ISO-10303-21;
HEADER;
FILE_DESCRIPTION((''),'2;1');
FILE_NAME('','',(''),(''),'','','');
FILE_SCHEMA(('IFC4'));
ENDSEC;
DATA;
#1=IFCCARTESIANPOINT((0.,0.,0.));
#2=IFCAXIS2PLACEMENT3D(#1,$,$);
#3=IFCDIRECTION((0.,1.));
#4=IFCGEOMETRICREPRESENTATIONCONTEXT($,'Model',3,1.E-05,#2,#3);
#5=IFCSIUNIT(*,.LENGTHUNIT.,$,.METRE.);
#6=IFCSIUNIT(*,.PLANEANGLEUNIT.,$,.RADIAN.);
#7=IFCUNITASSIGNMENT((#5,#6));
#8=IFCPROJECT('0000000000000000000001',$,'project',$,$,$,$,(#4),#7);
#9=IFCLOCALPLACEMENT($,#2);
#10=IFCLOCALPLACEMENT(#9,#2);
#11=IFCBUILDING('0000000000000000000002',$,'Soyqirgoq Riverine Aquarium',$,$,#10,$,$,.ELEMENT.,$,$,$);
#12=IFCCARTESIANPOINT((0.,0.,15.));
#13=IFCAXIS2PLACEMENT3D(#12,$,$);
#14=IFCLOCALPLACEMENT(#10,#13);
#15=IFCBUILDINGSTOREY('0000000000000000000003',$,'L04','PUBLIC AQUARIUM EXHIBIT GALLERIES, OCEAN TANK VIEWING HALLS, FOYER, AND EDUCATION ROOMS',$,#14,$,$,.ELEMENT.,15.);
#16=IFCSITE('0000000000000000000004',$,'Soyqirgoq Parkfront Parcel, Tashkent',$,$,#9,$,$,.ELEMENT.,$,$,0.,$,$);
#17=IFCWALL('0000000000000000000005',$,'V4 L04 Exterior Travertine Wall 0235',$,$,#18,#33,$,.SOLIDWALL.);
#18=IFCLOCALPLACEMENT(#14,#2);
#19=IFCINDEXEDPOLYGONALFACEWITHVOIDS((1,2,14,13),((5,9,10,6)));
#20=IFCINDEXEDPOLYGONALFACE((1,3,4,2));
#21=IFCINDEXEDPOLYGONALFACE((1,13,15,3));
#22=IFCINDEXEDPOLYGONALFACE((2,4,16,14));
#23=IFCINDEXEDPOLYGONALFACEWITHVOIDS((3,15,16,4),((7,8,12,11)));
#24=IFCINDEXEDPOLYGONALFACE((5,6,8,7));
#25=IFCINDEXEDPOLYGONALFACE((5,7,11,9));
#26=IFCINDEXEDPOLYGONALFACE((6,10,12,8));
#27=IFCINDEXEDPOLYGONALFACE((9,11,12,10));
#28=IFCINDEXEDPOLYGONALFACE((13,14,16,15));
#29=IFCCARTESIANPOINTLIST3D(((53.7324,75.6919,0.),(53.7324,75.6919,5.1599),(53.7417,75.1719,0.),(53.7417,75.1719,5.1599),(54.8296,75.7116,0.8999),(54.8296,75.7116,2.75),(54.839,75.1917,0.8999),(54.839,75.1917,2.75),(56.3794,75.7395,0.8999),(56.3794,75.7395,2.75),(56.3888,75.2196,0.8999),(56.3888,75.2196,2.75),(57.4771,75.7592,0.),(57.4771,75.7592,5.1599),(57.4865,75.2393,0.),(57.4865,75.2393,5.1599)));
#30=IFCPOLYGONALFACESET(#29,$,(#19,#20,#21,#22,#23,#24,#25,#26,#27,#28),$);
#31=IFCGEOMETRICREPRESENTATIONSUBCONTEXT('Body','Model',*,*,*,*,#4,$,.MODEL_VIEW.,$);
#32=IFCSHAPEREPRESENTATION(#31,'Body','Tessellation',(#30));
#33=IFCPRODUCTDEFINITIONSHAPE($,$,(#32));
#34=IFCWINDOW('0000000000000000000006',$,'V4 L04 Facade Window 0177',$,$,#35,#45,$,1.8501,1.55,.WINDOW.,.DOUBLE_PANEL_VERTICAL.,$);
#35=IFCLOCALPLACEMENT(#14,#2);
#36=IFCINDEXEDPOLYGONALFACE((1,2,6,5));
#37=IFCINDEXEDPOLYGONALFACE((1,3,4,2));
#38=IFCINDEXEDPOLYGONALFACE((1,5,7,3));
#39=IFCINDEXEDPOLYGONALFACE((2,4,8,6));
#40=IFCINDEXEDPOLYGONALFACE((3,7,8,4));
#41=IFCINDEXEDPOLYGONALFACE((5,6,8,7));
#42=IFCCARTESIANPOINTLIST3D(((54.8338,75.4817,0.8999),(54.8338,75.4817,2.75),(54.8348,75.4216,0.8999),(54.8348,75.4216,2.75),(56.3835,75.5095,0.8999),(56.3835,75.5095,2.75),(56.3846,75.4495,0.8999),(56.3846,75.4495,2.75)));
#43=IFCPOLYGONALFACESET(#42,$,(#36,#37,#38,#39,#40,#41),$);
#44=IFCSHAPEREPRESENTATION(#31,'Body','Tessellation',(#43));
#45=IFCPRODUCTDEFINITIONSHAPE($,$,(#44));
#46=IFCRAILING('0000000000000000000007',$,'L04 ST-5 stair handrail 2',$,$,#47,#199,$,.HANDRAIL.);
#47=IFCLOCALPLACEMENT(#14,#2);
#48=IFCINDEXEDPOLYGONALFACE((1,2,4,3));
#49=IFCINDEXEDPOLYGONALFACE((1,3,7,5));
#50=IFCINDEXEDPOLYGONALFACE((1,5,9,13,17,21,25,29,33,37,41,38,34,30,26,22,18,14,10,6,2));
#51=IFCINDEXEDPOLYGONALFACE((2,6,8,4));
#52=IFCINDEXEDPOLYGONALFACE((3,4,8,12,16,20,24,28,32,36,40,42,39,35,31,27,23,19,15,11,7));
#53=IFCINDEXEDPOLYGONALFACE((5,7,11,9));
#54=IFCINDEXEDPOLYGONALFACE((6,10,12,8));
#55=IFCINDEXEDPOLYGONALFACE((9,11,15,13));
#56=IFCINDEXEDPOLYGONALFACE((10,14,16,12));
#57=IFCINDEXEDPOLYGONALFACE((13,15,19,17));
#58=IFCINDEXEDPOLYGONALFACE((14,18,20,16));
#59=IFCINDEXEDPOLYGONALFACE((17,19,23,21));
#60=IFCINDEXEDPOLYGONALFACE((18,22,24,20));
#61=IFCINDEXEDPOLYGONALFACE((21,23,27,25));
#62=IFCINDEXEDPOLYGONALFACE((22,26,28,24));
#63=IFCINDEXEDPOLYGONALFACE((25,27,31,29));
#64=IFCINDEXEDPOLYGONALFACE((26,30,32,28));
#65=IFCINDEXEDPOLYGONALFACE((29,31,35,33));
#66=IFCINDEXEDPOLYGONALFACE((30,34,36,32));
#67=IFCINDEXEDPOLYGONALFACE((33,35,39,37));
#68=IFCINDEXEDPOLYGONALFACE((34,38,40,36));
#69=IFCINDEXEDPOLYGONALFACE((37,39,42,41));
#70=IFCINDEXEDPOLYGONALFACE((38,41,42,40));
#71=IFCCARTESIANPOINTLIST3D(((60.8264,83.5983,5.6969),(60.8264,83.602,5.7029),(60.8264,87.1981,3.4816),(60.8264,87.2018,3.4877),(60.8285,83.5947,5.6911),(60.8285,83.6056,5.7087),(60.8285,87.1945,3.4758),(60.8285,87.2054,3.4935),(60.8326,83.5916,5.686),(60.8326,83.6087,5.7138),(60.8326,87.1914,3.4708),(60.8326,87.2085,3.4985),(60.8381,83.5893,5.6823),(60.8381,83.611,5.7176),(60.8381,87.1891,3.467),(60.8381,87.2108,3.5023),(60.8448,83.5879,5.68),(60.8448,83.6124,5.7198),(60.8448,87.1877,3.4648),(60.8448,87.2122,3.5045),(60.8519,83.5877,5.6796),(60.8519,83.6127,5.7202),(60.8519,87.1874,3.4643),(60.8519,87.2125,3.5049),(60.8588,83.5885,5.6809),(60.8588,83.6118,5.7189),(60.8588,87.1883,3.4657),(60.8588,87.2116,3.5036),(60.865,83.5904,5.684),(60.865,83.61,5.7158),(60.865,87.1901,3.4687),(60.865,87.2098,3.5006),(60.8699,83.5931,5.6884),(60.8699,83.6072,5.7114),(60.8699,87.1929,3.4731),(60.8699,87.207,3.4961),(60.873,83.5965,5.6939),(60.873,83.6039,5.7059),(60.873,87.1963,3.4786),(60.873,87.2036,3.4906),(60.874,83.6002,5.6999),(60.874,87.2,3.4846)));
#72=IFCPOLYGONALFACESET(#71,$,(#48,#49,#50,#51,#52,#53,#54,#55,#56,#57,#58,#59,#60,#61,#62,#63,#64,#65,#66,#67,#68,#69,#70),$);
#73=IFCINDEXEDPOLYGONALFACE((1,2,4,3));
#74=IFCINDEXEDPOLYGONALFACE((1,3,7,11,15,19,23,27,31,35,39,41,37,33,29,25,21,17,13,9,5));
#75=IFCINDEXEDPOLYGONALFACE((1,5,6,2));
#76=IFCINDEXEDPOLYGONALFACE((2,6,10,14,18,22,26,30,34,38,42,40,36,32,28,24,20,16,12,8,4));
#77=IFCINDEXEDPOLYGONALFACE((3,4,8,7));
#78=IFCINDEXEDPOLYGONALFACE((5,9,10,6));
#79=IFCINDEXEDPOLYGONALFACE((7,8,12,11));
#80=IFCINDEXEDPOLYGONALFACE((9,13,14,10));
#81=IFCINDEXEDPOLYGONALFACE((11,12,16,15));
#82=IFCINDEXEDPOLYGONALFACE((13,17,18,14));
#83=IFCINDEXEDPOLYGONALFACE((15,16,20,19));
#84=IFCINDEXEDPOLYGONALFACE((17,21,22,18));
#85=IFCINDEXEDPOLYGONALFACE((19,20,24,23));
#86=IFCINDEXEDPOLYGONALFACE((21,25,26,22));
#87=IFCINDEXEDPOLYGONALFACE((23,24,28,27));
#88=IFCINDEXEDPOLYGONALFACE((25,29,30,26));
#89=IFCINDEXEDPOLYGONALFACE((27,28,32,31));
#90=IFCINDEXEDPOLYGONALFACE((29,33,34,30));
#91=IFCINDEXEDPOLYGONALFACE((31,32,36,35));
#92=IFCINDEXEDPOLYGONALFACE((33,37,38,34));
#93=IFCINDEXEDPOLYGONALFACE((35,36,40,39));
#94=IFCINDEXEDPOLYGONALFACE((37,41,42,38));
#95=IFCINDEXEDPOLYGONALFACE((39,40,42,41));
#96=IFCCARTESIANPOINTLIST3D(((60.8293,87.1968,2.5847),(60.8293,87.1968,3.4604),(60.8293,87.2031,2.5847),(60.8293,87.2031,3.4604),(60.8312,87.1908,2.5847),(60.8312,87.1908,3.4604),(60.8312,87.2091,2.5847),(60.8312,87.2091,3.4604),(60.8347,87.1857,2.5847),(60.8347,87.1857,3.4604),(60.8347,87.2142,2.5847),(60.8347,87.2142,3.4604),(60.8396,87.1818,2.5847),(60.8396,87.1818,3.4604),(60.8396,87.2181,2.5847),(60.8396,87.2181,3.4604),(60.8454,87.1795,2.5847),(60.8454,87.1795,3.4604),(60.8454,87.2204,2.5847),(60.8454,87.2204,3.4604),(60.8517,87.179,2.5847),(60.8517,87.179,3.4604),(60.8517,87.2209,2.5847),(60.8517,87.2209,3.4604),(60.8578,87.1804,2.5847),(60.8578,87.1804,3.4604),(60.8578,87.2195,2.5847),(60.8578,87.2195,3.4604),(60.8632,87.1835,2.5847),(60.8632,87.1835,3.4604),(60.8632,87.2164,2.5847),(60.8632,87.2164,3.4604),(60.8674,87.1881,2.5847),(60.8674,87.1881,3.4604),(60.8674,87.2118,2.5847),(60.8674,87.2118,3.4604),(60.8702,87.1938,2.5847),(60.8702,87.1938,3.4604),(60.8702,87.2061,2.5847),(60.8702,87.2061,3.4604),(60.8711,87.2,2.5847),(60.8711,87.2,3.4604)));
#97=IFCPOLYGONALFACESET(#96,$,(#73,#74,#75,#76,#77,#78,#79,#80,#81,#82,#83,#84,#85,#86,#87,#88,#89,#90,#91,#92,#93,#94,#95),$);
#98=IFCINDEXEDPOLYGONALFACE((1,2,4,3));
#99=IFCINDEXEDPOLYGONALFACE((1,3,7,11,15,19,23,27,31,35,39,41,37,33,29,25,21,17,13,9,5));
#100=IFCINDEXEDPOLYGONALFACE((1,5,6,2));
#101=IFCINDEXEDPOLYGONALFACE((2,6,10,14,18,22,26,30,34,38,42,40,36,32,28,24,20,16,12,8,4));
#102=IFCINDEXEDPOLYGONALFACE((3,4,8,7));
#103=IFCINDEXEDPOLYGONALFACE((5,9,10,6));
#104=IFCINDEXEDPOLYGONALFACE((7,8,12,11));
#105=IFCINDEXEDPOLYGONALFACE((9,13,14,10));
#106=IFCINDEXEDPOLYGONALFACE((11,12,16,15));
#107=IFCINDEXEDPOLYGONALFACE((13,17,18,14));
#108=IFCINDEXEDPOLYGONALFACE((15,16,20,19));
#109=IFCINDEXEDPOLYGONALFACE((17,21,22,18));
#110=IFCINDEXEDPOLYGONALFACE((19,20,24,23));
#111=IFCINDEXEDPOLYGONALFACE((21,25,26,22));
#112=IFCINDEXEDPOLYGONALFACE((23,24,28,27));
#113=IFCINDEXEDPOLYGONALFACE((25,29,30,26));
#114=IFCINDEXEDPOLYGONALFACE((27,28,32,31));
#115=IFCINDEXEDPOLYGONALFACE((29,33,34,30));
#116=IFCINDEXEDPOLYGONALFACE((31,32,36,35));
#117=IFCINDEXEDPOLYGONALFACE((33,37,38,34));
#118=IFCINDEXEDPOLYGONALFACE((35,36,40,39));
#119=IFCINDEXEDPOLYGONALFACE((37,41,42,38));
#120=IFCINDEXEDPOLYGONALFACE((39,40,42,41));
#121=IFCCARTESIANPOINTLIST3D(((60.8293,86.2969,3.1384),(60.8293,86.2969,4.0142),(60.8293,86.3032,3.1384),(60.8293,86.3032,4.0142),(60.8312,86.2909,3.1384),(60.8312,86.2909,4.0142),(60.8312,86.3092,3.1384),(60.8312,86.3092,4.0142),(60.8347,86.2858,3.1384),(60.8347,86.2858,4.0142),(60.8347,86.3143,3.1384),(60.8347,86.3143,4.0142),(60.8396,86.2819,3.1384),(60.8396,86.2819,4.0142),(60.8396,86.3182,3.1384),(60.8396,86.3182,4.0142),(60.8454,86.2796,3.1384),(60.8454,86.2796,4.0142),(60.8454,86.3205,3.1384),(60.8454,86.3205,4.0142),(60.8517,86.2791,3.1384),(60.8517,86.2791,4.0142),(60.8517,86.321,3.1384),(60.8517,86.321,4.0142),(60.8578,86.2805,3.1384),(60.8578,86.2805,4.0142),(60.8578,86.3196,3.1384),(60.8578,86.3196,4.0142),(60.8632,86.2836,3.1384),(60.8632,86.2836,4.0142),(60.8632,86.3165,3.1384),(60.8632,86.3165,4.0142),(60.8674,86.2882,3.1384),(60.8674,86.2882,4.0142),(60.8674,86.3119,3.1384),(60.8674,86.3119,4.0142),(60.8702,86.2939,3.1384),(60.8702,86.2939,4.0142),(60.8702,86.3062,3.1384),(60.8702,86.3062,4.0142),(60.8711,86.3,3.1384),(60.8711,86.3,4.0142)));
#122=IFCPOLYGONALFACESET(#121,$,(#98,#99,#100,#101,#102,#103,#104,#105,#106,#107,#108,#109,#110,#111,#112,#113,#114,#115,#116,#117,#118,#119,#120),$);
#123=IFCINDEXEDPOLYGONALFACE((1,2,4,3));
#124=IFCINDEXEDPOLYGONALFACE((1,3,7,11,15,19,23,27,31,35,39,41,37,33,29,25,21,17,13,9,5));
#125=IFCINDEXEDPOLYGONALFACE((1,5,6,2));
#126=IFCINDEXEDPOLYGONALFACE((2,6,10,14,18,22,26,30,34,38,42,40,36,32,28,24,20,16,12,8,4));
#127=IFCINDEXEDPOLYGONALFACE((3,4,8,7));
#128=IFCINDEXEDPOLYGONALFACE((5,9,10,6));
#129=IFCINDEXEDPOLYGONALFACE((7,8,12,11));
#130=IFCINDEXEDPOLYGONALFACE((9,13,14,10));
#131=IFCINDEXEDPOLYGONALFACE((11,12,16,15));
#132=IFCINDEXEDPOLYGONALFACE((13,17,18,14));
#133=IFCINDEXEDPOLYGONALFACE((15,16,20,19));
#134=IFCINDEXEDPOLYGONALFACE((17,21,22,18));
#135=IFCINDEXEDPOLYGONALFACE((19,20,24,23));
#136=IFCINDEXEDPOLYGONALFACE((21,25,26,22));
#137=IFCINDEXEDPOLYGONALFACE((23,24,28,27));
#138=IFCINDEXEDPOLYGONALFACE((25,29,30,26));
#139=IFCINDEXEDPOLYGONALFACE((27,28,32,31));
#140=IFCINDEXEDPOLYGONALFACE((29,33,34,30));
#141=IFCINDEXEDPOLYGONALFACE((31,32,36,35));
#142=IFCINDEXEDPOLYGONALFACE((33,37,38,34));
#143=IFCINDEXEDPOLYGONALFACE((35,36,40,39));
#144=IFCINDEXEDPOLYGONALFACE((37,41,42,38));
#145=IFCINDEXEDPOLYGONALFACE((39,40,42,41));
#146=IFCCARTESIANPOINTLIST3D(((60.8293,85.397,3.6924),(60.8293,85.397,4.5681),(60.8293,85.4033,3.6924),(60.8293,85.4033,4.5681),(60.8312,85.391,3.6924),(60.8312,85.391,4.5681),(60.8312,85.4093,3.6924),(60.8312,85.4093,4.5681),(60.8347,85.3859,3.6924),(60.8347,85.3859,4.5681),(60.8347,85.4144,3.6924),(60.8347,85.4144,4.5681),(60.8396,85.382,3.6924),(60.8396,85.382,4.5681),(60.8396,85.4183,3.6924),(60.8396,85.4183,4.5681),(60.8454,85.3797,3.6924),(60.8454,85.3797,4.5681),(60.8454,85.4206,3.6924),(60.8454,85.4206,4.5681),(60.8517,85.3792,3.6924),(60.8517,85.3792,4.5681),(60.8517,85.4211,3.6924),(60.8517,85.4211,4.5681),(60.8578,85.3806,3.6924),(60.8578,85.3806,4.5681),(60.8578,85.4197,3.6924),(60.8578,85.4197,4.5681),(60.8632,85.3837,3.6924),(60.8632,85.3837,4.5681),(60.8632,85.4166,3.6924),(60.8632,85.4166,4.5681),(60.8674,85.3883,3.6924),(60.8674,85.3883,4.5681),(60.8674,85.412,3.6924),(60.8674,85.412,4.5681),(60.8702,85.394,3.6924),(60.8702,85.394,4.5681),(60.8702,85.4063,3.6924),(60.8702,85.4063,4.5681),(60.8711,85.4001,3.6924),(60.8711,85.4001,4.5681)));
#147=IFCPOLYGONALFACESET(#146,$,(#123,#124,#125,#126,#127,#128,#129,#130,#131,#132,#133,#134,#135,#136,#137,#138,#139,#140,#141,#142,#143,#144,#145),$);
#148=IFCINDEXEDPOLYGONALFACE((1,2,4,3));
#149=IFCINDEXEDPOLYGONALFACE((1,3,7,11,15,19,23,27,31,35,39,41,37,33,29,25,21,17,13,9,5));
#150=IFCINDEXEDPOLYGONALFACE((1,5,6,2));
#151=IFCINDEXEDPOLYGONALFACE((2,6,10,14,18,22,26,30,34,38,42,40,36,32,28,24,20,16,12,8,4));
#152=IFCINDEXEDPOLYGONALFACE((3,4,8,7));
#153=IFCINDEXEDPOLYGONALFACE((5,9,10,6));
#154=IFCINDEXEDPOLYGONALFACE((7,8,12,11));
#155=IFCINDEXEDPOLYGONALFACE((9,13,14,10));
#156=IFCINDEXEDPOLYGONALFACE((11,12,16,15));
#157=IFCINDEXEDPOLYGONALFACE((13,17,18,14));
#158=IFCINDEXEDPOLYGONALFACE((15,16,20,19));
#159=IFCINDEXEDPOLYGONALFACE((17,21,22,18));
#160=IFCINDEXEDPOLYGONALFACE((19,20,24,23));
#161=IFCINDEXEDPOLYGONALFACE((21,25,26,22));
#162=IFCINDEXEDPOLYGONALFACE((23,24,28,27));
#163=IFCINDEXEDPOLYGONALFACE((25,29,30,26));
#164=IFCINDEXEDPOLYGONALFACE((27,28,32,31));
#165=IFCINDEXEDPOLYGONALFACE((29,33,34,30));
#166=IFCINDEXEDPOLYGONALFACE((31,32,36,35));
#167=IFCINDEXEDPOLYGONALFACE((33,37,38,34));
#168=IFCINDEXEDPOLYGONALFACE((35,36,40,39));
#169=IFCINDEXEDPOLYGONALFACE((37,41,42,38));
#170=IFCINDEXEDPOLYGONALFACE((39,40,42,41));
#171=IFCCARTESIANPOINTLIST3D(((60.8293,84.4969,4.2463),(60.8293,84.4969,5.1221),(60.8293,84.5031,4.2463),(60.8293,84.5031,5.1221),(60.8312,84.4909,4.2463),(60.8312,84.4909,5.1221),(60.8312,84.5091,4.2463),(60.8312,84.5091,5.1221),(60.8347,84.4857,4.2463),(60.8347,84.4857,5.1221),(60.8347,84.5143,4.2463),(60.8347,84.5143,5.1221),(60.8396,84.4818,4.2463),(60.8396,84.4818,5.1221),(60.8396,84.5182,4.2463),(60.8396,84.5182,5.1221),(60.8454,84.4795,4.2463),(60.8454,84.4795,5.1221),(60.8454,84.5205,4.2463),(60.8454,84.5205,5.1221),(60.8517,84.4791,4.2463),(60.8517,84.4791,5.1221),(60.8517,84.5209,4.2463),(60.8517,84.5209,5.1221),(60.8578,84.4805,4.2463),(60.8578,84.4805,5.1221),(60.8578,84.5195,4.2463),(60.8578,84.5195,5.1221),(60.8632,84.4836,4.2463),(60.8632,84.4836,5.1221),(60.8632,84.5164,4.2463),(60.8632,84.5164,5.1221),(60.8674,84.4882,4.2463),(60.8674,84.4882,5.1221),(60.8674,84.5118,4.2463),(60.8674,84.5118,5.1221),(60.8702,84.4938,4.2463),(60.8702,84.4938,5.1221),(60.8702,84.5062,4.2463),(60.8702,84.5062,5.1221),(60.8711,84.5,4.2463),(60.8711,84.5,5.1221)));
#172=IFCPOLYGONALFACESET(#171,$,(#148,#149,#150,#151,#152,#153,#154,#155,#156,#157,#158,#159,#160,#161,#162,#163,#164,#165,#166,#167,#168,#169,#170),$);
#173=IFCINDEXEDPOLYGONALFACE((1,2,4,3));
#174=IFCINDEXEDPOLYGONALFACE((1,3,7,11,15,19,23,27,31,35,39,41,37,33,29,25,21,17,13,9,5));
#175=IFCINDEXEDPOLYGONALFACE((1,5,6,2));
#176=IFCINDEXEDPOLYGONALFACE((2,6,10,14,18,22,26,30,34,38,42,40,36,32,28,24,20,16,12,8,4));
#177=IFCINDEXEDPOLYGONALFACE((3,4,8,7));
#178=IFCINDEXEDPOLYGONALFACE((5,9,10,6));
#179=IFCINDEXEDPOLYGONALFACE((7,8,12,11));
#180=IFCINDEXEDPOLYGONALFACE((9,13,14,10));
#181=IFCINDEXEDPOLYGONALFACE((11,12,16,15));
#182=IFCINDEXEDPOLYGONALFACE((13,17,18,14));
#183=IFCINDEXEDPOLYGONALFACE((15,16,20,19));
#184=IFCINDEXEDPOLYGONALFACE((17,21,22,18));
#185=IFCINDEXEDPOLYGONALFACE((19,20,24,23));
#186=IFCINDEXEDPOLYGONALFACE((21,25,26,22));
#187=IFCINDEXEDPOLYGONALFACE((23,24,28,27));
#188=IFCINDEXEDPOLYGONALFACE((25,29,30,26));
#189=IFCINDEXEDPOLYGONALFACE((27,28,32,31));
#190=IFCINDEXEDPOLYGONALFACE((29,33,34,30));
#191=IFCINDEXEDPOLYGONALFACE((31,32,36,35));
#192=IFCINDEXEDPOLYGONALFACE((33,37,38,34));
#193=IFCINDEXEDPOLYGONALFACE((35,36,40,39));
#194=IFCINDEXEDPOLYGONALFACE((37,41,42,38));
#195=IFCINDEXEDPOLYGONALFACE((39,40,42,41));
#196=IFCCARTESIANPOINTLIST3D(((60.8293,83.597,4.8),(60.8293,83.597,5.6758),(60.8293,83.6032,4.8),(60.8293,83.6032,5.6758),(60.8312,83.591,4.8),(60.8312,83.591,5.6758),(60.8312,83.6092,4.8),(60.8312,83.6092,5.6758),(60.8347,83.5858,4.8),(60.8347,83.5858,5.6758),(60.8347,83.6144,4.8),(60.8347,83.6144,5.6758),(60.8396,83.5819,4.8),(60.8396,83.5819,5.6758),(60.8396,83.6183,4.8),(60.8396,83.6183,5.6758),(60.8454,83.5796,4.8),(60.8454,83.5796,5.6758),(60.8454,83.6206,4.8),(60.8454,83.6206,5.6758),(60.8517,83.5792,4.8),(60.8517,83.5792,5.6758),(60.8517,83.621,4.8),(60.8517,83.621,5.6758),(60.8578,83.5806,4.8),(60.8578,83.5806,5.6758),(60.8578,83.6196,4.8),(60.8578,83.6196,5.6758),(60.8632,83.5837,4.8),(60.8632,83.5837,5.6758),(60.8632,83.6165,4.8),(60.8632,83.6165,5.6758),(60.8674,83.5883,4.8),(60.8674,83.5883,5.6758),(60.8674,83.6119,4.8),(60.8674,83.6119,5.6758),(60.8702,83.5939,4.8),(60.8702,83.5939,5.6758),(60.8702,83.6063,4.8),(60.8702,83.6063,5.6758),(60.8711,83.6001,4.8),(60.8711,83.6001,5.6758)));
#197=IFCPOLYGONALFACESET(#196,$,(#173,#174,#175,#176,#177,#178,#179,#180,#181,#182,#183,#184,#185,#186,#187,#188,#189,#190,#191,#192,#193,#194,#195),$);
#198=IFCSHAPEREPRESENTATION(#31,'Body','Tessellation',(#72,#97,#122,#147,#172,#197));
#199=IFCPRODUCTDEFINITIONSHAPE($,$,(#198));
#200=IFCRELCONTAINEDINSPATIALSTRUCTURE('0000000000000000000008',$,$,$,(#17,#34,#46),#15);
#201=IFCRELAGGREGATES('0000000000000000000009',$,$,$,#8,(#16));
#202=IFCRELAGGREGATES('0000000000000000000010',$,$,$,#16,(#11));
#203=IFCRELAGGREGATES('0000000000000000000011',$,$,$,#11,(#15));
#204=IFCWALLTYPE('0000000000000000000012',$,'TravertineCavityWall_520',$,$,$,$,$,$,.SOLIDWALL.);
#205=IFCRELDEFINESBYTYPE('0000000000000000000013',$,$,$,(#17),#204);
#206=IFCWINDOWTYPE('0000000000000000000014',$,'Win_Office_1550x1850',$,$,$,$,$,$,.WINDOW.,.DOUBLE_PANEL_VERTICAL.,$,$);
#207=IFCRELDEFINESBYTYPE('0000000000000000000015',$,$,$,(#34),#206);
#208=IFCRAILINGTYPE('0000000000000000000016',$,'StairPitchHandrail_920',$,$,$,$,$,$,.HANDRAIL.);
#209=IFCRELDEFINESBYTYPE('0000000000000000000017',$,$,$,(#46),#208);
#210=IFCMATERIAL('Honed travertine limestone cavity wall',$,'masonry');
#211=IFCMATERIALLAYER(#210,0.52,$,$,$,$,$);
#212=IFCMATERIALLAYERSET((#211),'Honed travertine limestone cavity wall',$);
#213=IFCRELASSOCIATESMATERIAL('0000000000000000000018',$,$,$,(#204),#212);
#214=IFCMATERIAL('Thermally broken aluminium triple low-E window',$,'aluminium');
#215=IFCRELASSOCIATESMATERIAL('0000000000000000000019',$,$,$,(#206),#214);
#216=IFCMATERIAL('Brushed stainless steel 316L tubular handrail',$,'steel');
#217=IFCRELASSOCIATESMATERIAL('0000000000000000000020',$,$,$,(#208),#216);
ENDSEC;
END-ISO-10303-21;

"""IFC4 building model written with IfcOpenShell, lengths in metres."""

from ifc_helpers import new_model, si_unit, direction, frame, frame_2d, origin, origin_2d, place, context, subcontext, project, spatial, rectangle, circle, extrude, material, layer, layer_set, type_object, element, fill, save


model = new_model("IFC4")

# Units and contexts
model_context = context("Model", 3, precision=1e-05, world=origin(), true_north=direction((0.0, 1.0)))
body_context = subcontext(model_context, "Body", "Model", "MODEL_VIEW")
ifc_project = project(units=[si_unit("LENGTHUNIT", "METRE"), si_unit("PLANEANGLEUNIT", "RADIAN")], contexts=[model_context])

# Site, building, storey
site_placement = place(None, origin())
site = spatial("IfcSite", under=ifc_project, at=site_placement, Name="Soyqirgoq Parkfront Parcel, Tashkent", CompositionType="ELEMENT", RefElevation=0.0)
building_placement = place(site_placement, origin())
building = spatial("IfcBuilding", under=site, at=building_placement, Name="Soyqirgoq Riverine Aquarium", CompositionType="ELEMENT")
storey_placement = place(building_placement, frame((0.0, 0.0, 15.0)))
storey = spatial("IfcBuildingStorey", under=building, at=storey_placement, Name="L04", Description="PUBLIC AQUARIUM EXHIBIT GALLERIES, OCEAN TANK VIEWING HALLS, FOYER, AND EDUCATION ROOMS", CompositionType="ELEMENT", Elevation=15.0)

# Wall, opening, window
ifc_material_1 = material(Name="Honed travertine limestone cavity wall", Category="masonry")
ifc_layer_1 = layer(ifc_material_1, 0.52)
ifc_layer_set_1 = layer_set([ifc_layer_1], Name="Honed travertine limestone cavity wall")
wall_type_1 = type_object("IfcWallType", Name="TravertineCavityWall_520", PredefinedType="SOLIDWALL", material=ifc_layer_set_1)
wall_1_placement = place(storey_placement, frame((57.4817, 75.4993, 0.0), z_axis=(0.0, 0.0, 1.0), x_axis=(-0.999838, -0.01799, 0.0)))
wall_1 = element("IfcWall", 1, at=wall_1_placement, inside=storey, type_object=wall_type_1, Name="V4 L04 Exterior Travertine Wall 0235", PredefinedType="SOLIDWALL", context=body_context, shape_type="SweptSolid", body=[
    extrude(rectangle(XDim=3.7454, YDim=0.52, at=frame_2d((1.8726, 0.0))), origin(), (0.0, 0.0, 1.0), 5.1599),
])
opening_1_placement = place(wall_1_placement, frame((1.0979, 0.0, 0.8999)))
opening_1 = element("IfcOpeningElement", 2, at=opening_1_placement, cuts=wall_1, PredefinedType="OPENING", context=body_context, shape_type="SweptSolid", body=[
    extrude(rectangle(XDim=1.55, YDim=1.8501, at=frame_2d((0.7749, 0.925))), frame((0.0, 0.27, 0.0), z_axis=(0.0, -1.0, 0.0), x_axis=(1.0, 0.0, 0.0)), (0.0, 0.0, 1.0), 0.54),
])
ifc_material_2 = material(Name="Thermally broken aluminium triple low-E window", Category="aluminium")
window_type_1 = type_object("IfcWindowType", Name="Win_Office_1550x1850", PartitioningType="DOUBLE_PANEL_VERTICAL", PredefinedType="WINDOW", material=ifc_material_2)
window_1_placement = place(opening_1_placement, origin())
window_1 = element("IfcWindow", 3, at=window_1_placement, inside=storey, type_object=window_type_1, Name="V4 L04 Facade Window 0177", OverallHeight=1.8501, OverallWidth=1.55, PartitioningType="DOUBLE_PANEL_VERTICAL", PredefinedType="WINDOW", context=body_context, shape_type="SweptSolid", body=[
    extrude(rectangle(XDim=1.55, YDim=1.8501, at=frame_2d((0.7749, 0.925))), frame((0.0, 0.03, 0.0), z_axis=(0.0, -1.0, 0.0), x_axis=(1.0, 0.0, 0.0)), (0.0, 0.0, 1.0), 0.0601),
])
fill(opening_1, window_1)

# Railing
ifc_material_3 = material(Name="Brushed stainless steel 316L tubular handrail", Category="steel")
railing_type = type_object("IfcRailingType", Name="StairPitchHandrail_920", PredefinedType="HANDRAIL", material=ifc_material_3)
railing_placement = place(storey_placement, frame((60.8501, 87.2, 2.5847)))
element("IfcRailing", 4, at=railing_placement, inside=storey, type_object=railing_type, Name="L04 ST-5 stair handrail 2", PredefinedType="HANDRAIL", context=body_context, shape_type="SweptSolid", body=[
    extrude(circle(Radius=0.0239, at=origin_2d()), frame((0.0, 0.0, 0.8999), z_axis=(0.0, -0.851654, 0.524104), x_axis=(1.0, 0.0, 0.0)), (0.0, 0.0, 1.0), 4.2268),
    extrude(circle(Radius=0.021, at=origin_2d()), origin(), (0.0, 0.0, 1.0), 0.8757),
    extrude(circle(Radius=0.021, at=origin_2d()), frame((0.0, -0.8999, 0.5537)), (0.0, 0.0, 1.0), 0.8757),
    extrude(circle(Radius=0.021, at=origin_2d()), frame((0.0, -1.7998, 1.1077)), (0.0, 0.0, 1.0), 0.8757),
    extrude(circle(Radius=0.021, at=origin_2d()), frame((0.0, -2.7, 1.6616)), (0.0, 0.0, 1.0), 0.8757),
    extrude(circle(Radius=0.021, at=origin_2d()), frame((0.0, -3.5999, 2.2153)), (0.0, 0.0, 1.0), 0.8757),
])

save(model, "model.ifc")
